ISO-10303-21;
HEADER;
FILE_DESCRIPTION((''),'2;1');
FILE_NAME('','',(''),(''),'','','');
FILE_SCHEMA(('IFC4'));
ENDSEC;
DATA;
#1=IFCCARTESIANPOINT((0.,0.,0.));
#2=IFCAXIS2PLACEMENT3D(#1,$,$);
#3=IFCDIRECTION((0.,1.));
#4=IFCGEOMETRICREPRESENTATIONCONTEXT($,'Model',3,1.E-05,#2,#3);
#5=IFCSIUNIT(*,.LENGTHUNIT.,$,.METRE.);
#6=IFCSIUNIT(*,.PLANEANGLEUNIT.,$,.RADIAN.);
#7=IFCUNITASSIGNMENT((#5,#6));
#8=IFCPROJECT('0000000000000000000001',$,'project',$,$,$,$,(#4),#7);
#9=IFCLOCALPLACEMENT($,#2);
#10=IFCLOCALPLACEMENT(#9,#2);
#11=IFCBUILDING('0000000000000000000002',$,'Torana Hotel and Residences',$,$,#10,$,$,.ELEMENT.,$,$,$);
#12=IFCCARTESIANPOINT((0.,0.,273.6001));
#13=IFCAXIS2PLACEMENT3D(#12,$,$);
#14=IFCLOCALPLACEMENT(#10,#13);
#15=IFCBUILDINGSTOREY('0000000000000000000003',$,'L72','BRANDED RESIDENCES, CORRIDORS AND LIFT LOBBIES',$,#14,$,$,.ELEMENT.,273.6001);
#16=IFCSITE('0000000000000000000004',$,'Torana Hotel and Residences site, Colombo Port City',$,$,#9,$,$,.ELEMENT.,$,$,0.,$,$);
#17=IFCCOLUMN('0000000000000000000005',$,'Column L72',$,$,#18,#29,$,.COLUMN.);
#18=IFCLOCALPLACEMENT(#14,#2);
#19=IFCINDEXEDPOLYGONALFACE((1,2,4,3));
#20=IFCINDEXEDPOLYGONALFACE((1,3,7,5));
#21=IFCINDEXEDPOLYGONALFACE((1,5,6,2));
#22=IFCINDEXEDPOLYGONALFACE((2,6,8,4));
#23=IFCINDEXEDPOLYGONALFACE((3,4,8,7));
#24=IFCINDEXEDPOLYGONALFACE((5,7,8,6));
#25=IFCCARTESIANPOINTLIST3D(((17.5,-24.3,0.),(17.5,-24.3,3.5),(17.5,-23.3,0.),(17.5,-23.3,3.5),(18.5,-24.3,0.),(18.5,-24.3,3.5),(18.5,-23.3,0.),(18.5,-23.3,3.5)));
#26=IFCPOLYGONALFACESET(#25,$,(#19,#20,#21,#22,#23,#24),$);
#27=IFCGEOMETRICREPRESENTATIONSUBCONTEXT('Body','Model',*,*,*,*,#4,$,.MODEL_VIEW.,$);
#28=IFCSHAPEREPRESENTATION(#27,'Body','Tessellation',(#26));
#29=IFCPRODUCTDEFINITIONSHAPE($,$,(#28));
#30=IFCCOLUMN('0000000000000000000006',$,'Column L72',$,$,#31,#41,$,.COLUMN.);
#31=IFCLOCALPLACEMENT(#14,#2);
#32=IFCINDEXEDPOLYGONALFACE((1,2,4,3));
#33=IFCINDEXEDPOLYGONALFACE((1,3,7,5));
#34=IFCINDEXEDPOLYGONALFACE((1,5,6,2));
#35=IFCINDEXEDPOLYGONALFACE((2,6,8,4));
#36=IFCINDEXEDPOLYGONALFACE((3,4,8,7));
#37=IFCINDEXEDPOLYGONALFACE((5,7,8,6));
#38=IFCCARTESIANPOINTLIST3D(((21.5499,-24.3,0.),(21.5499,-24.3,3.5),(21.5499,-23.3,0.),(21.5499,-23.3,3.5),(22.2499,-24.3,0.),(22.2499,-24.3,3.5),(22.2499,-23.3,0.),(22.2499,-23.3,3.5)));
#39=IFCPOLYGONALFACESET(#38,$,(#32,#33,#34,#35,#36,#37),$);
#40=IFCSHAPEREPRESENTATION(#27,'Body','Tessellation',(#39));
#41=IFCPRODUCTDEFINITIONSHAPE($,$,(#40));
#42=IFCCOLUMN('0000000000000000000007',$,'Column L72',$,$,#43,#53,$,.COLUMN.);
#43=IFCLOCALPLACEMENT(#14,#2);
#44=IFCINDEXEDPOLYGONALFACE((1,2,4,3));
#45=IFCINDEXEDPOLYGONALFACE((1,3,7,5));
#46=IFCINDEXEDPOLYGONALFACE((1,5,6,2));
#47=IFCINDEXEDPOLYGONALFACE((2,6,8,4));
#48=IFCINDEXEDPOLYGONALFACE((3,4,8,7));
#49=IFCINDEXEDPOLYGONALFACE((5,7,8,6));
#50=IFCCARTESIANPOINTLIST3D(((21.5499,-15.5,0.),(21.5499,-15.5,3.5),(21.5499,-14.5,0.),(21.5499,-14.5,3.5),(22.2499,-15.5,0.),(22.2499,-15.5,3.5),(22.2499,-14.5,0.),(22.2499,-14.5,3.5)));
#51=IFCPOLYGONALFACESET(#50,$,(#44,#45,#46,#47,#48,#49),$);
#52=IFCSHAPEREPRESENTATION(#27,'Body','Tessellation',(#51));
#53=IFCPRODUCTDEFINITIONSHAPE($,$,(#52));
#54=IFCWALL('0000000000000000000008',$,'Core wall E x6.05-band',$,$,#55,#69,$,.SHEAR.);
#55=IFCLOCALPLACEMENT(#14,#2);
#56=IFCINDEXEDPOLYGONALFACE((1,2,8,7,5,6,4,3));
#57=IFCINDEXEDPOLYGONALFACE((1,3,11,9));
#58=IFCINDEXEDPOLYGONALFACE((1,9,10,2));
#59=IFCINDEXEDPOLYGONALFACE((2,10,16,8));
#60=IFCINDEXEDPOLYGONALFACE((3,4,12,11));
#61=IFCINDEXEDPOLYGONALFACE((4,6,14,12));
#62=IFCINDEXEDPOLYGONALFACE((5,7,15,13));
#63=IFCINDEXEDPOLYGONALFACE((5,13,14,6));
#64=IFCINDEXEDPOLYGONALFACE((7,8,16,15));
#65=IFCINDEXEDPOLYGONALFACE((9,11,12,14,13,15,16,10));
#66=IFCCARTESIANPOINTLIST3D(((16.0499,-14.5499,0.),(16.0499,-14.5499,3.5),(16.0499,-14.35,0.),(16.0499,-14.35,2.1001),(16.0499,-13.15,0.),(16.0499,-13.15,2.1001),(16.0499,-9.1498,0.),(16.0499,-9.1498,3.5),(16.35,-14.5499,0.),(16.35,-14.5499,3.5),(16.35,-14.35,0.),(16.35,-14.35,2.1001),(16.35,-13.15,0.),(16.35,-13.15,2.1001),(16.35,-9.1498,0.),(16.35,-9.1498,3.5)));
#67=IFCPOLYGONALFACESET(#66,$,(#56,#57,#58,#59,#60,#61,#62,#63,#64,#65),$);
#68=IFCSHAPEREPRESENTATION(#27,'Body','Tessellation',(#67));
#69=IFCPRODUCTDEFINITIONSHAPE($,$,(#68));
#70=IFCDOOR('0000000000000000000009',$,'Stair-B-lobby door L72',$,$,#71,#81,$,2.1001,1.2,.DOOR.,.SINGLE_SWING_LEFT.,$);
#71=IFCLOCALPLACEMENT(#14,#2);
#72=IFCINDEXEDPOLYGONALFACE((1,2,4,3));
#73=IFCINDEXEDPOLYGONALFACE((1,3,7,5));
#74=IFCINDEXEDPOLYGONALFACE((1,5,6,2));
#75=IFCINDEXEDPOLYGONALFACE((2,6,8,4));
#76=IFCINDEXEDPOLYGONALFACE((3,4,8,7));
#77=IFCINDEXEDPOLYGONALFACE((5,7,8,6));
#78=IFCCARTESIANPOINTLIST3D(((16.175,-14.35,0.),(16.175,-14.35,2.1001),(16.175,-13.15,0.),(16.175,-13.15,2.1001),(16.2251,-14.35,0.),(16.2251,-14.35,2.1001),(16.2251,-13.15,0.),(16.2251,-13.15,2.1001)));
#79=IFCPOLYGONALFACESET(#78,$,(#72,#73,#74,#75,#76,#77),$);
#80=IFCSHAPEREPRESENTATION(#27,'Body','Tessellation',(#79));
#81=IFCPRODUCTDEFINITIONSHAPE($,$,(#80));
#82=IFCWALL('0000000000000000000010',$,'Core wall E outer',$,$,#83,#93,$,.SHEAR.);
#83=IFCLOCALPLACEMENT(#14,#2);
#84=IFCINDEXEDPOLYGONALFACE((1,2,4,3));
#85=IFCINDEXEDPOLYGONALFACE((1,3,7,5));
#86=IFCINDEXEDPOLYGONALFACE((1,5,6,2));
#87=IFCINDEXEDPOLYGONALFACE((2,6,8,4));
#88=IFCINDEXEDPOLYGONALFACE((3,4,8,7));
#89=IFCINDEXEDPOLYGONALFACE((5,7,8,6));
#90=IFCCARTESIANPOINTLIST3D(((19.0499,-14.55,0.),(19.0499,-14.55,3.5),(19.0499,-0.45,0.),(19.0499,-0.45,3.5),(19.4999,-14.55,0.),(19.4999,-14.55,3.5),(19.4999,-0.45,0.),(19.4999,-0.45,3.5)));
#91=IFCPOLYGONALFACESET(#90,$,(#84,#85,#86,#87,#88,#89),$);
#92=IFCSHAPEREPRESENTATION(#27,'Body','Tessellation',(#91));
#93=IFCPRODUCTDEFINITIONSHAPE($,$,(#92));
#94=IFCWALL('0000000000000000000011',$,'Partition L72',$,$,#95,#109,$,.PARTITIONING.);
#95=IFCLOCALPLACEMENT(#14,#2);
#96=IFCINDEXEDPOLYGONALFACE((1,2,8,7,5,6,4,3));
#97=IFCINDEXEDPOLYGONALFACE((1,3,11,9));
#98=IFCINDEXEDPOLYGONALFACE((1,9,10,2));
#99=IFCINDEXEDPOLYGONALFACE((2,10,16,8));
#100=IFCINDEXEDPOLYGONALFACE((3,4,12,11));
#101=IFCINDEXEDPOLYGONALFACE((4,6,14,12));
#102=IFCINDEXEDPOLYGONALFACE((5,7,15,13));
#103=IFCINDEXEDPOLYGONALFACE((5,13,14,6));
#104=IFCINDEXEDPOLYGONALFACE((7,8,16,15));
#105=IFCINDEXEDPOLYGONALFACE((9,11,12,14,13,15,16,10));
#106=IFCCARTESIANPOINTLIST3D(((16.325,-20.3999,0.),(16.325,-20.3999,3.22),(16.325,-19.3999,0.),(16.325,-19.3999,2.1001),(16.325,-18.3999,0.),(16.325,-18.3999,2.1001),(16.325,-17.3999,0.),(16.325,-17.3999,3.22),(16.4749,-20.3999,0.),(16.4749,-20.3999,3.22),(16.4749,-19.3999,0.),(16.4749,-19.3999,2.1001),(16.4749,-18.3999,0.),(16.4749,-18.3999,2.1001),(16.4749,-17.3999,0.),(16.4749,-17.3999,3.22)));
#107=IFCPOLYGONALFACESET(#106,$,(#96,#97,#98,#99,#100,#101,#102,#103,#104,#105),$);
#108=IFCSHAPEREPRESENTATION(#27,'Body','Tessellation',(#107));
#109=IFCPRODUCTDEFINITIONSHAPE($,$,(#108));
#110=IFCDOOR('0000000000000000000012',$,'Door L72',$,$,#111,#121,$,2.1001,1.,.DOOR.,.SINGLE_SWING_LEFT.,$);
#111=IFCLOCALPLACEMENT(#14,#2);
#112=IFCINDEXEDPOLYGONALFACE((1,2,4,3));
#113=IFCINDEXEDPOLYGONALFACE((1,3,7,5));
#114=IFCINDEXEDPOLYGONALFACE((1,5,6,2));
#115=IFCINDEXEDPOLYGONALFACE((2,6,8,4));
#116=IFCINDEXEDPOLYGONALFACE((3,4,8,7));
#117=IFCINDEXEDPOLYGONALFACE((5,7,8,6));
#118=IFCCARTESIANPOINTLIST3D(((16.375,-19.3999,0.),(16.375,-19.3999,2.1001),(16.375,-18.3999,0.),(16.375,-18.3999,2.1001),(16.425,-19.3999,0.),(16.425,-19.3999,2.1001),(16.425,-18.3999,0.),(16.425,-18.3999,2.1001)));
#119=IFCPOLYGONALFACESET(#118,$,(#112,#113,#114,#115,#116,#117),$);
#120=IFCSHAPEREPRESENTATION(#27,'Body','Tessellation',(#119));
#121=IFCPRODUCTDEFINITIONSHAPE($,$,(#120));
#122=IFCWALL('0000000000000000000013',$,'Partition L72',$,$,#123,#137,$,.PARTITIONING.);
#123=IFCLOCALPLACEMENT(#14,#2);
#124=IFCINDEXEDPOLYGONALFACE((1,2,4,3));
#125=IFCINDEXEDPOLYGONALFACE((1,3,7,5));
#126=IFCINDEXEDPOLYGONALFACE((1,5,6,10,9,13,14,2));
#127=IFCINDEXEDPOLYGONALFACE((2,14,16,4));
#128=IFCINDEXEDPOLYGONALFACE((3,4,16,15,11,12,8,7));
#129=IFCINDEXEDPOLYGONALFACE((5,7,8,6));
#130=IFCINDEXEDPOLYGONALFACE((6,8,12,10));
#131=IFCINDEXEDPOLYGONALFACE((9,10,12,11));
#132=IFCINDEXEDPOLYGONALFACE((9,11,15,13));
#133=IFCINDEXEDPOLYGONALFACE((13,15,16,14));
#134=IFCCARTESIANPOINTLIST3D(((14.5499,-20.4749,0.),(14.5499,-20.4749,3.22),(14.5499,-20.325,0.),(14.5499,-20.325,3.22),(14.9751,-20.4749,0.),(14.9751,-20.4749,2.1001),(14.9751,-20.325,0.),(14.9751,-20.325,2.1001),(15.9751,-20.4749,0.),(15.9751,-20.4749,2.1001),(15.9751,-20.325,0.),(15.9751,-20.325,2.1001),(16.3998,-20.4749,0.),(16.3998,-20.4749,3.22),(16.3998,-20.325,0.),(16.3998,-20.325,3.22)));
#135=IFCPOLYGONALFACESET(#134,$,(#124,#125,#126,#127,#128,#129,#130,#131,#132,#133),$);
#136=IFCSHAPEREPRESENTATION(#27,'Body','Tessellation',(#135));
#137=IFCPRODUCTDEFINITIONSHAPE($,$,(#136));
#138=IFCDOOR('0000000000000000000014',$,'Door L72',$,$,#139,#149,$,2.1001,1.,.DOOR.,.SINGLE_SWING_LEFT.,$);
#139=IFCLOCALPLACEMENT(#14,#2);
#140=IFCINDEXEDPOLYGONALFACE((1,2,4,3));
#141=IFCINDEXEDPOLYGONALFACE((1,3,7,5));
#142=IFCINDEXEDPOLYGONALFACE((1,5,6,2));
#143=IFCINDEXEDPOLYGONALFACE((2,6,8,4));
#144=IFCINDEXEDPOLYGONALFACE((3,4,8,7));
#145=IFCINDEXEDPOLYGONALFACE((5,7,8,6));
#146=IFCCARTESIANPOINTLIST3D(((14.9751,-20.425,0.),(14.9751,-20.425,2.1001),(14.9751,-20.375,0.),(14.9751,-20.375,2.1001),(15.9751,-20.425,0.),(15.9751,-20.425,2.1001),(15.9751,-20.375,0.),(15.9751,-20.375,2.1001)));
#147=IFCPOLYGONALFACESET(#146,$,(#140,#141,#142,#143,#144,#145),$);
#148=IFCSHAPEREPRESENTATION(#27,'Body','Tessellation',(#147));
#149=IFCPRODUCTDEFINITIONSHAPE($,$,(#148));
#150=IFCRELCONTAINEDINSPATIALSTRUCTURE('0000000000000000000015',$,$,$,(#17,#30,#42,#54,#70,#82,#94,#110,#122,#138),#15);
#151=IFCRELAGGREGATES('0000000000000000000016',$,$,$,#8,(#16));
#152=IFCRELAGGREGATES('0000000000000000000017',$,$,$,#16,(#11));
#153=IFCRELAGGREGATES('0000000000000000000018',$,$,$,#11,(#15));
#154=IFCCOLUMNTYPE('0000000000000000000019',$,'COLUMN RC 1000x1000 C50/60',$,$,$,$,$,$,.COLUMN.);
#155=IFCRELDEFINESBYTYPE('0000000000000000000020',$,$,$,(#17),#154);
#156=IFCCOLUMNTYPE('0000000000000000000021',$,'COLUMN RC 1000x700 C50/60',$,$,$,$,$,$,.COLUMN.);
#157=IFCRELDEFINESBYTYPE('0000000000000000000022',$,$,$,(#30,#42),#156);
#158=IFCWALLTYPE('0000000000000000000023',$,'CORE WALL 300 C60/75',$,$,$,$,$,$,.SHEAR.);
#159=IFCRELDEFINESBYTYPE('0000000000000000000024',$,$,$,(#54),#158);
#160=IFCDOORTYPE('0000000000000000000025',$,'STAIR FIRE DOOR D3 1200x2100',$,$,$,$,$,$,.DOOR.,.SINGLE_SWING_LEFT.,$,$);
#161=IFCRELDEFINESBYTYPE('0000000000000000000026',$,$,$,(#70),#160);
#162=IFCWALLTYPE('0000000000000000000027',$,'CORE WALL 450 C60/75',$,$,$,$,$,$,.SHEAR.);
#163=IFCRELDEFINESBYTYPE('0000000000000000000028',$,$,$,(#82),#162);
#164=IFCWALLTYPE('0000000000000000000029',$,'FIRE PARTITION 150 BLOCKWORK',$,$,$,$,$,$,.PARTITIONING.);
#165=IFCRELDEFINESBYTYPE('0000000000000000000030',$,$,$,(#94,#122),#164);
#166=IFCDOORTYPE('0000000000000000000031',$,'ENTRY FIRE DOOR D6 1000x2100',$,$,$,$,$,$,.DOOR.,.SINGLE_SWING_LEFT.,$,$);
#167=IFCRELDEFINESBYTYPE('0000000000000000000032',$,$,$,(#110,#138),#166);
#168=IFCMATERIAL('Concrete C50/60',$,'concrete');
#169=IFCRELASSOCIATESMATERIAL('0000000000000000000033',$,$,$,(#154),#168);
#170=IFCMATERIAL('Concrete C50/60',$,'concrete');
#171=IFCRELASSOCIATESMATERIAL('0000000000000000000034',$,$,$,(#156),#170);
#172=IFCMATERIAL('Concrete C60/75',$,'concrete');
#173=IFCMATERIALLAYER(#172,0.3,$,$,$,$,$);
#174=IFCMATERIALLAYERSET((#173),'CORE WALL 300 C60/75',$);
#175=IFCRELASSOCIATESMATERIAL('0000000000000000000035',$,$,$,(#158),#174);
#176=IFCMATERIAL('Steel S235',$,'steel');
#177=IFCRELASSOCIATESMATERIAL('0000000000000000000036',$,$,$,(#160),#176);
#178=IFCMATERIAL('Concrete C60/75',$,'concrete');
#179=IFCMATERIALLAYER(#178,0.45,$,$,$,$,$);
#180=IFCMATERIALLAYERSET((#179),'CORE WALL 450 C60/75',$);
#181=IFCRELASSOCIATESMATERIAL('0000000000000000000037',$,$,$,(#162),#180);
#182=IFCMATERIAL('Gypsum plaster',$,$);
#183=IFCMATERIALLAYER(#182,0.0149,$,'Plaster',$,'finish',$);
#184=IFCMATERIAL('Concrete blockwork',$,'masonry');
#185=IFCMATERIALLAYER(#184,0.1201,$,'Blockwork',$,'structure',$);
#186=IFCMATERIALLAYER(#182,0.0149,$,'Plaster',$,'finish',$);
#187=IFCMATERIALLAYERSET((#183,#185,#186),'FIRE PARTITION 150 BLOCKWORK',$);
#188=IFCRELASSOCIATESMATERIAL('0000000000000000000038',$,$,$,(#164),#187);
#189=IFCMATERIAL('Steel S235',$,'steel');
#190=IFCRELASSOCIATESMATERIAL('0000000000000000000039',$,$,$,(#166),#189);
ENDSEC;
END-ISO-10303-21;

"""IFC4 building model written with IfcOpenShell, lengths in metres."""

from ifc_helpers import new_model, si_unit, direction, frame, frame_2d, origin, origin_2d, place, context, subcontext, project, spatial, rectangle, extrude, material, layer, layer_set, material_profile, profile_set, type_object, element, fill, save


model = new_model("IFC4")

# Units and contexts
model_context = context("Model", 3, precision=1e-05, world=origin(), true_north=direction((0.0, 1.0)))
body_context = subcontext(model_context, "Body", "Model", "MODEL_VIEW")
ifc_project = project(units=[si_unit("LENGTHUNIT", "METRE"), si_unit("PLANEANGLEUNIT", "RADIAN")], contexts=[model_context])

# Site, building, storey
site_placement = place(None, origin())
site = spatial("IfcSite", under=ifc_project, at=site_placement, Name="Torana Hotel and Residences site, Colombo Port City", CompositionType="ELEMENT", RefElevation=0.0)
building_placement = place(site_placement, origin())
building = spatial("IfcBuilding", under=site, at=building_placement, Name="Torana Hotel and Residences", CompositionType="ELEMENT")
storey_placement = place(building_placement, frame((0.0, 0.0, 273.6001)))
storey = spatial("IfcBuildingStorey", under=building, at=storey_placement, Name="L72", Description="BRANDED RESIDENCES, CORRIDORS AND LIFT LOBBIES", CompositionType="ELEMENT", Elevation=273.6001)

# Columns
ifc_material_1 = material(Name="Concrete C50/60", Category="concrete")
ifc_material_profile_1 = material_profile(ifc_material_1, rectangle(XDim=1.0, YDim=1.0, at=origin_2d()), Name="RC 1000x1000")
ifc_profile_set_1 = profile_set([ifc_material_profile_1], Name="Concrete C50/60")
column_type_1 = type_object("IfcColumnType", Name="COLUMN RC 1000x1000 C50/60", PredefinedType="COLUMN", material=ifc_profile_set_1)
column_placement = place(storey_placement, frame((18.0, -23.8, 0.0), z_axis=(0.0, 0.0, 1.0), x_axis=(1.0, 0.0, 0.0)))
element("IfcColumn", 1, at=column_placement, inside=storey, type_object=column_type_1, Name="Column L72", PredefinedType="COLUMN", context=body_context, shape_type="SweptSolid", body=[
    extrude(rectangle(XDim=1.0, YDim=1.0, at=origin_2d()), origin(), (0.0, 0.0, 1.0), 3.5),
])
ifc_material_2 = material(Name="Concrete C50/60", Category="concrete")
ifc_material_profile_2 = material_profile(ifc_material_2, rectangle(XDim=1.0, YDim=0.7, at=origin_2d()), Name="RC 1000x700")
ifc_profile_set_2 = profile_set([ifc_material_profile_2], Name="Concrete C50/60")
column_type_2 = type_object("IfcColumnType", Name="COLUMN RC 1000x700 C50/60", PredefinedType="COLUMN", material=ifc_profile_set_2)
for number, where, z_axis, x_axis, name in (
    (2, (21.8999, -23.8, 0.0), (0.0, 0.0, 1.0), (0.0, 1.0, 0.0), "Column L72"),
    (3, (21.8999, -15.0, 0.0), (0.0, 0.0, 1.0), (0.0, 1.0, 0.0), "Column L72"),
):
    element("IfcColumn", number, at=place(storey_placement, frame(where, z_axis=z_axis, x_axis=x_axis)), inside=storey, type_object=column_type_2, Name=name, PredefinedType="COLUMN", context=body_context, shape_type="SweptSolid", body=[
        extrude(rectangle(XDim=1.0, YDim=0.7, at=origin_2d()), origin(), (0.0, 0.0, 1.0), 3.5),
    ])

# Wall, opening, door
ifc_material_3 = material(Name="Concrete C60/75", Category="concrete")
ifc_layer_1 = layer(ifc_material_3, 0.3)
ifc_layer_set_1 = layer_set([ifc_layer_1], Name="CORE WALL 300 C60/75")
wall_type_1 = type_object("IfcWallType", Name="CORE WALL 300 C60/75", PredefinedType="SHEAR", material=ifc_layer_set_1)
wall_1_placement = place(storey_placement, frame((16.2, -14.55, 0.0), z_axis=(0.0, 0.0, 1.0), x_axis=(0.0, 1.0, 0.0)))
wall_1 = element("IfcWall", 4, at=wall_1_placement, inside=storey, type_object=wall_type_1, Name="Core wall E x6.05-band", PredefinedType="SHEAR", context=body_context, shape_type="SweptSolid", body=[
    extrude(rectangle(XDim=5.4001, YDim=0.3, at=frame_2d((2.7002, 0.0))), origin(), (0.0, 0.0, 1.0), 3.5),
])
opening_1_placement = place(wall_1_placement, frame((0.2, 0.0, 0.0)))
opening_1 = element("IfcOpeningElement", 5, at=opening_1_placement, cuts=wall_1, PredefinedType="OPENING", context=body_context, shape_type="SweptSolid", body=[
    extrude(rectangle(XDim=1.2, YDim=2.1001, at=frame_2d((0.6001, 1.05))), frame((0.0, 0.1599, 0.0), z_axis=(0.0, -1.0, 0.0), x_axis=(1.0, 0.0, 0.0)), (0.0, 0.0, 1.0), 0.3201),
])
ifc_material_4 = material(Name="Steel S235", Category="steel")
door_type_1 = type_object("IfcDoorType", Name="STAIR FIRE DOOR D3 1200x2100", OperationType="SINGLE_SWING_LEFT", PredefinedType="DOOR", material=ifc_material_4)
door_1_placement = place(opening_1_placement, frame((0.6001, 0.0, 0.0), z_axis=(0.0, 0.0, 1.0), x_axis=(-1.0, 0.0, 0.0)))
door_1 = element("IfcDoor", 6, at=door_1_placement, inside=storey, type_object=door_type_1, Name="Stair-B-lobby door L72", OperationType="SINGLE_SWING_LEFT", OverallHeight=2.1001, OverallWidth=1.2, PredefinedType="DOOR", context=body_context, shape_type="SweptSolid", body=[
    extrude(rectangle(XDim=1.2, YDim=2.1001, at=frame_2d((0.0, 1.05))), frame((0.0, -0.0249, 0.0), z_axis=(0.0, 1.0, 0.0), x_axis=(-1.0, 0.0, 0.0)), (0.0, 0.0, 1.0), 0.05),
])
fill(opening_1, door_1)

# Wall
ifc_material_5 = material(Name="Concrete C60/75", Category="concrete")
ifc_layer_2 = layer(ifc_material_5, 0.45)
ifc_layer_set_2 = layer_set([ifc_layer_2], Name="CORE WALL 450 C60/75")
wall_type_2 = type_object("IfcWallType", Name="CORE WALL 450 C60/75", PredefinedType="SHEAR", material=ifc_layer_set_2)
wall_2_placement = place(storey_placement, frame((19.2749, -14.55, 0.0), z_axis=(0.0, 0.0, 1.0), x_axis=(0.0, 1.0, 0.0)))
element("IfcWall", 7, at=wall_2_placement, inside=storey, type_object=wall_type_2, Name="Core wall E outer", PredefinedType="SHEAR", context=body_context, shape_type="SweptSolid", body=[
    extrude(rectangle(XDim=14.1001, YDim=0.45, at=frame_2d((7.05, 0.0))), origin(), (0.0, 0.0, 1.0), 3.5),
])

# Walls, openings, doors
ifc_material_6 = material(Name="Gypsum plaster")
ifc_layer_3 = layer(ifc_material_6, 0.0149, Name="Plaster", Category="finish")
ifc_material_7 = material(Name="Concrete blockwork", Category="masonry")
ifc_layer_4 = layer(ifc_material_7, 0.1201, Name="Blockwork", Category="structure")
ifc_layer_5 = layer(ifc_material_6, 0.0149, Name="Plaster", Category="finish")
ifc_layer_set_3 = layer_set([ifc_layer_3, ifc_layer_4, ifc_layer_5], Name="FIRE PARTITION 150 BLOCKWORK")
wall_type_3 = type_object("IfcWallType", Name="FIRE PARTITION 150 BLOCKWORK", PredefinedType="PARTITIONING", material=ifc_layer_set_3)
wall_3_placement = place(storey_placement, frame((16.3999, -20.3999, 0.0), z_axis=(0.0, 0.0, 1.0), x_axis=(0.0, 1.0, 0.0)))
wall_3 = element("IfcWall", 8, at=wall_3_placement, inside=storey, type_object=wall_type_3, Name="Partition L72", PredefinedType="PARTITIONING", context=body_context, shape_type="SweptSolid", body=[
    extrude(rectangle(XDim=3.0, YDim=0.1499, at=frame_2d((1.5, 0.0))), origin(), (0.0, 0.0, 1.0), 3.22),
])
opening_2_placement = place(wall_3_placement, frame((1.0, 0.0, 0.0)))
opening_2 = element("IfcOpeningElement", 9, at=opening_2_placement, cuts=wall_3, PredefinedType="OPENING", context=body_context, shape_type="SweptSolid", body=[
    extrude(rectangle(XDim=1.0, YDim=2.1001, at=frame_2d((0.5, 1.05))), frame((0.0, 0.085, 0.0), z_axis=(0.0, -1.0, 0.0), x_axis=(1.0, 0.0, 0.0)), (0.0, 0.0, 1.0), 0.1699),
])
ifc_material_8 = material(Name="Steel S235", Category="steel")
door_type_2 = type_object("IfcDoorType", Name="ENTRY FIRE DOOR D6 1000x2100", OperationType="SINGLE_SWING_LEFT", PredefinedType="DOOR", material=ifc_material_8)
door_2_placement = place(opening_2_placement, frame((0.5, 0.0, 0.0), z_axis=(0.0, 0.0, 1.0), x_axis=(-1.0, 0.0, 0.0)))
door_2 = element("IfcDoor", 10, at=door_2_placement, inside=storey, type_object=door_type_2, Name="Door L72", OperationType="SINGLE_SWING_LEFT", OverallHeight=2.1001, OverallWidth=1.0, PredefinedType="DOOR", context=body_context, shape_type="SweptSolid", body=[
    extrude(rectangle(XDim=1.0, YDim=2.1001, at=frame_2d((0.0, 1.05))), frame((0.0, -0.0249, 0.0), z_axis=(0.0, 1.0, 0.0), x_axis=(-1.0, 0.0, 0.0)), (0.0, 0.0, 1.0), 0.05),
])
fill(opening_2, door_2)
wall_4_placement = place(storey_placement, frame((14.55, -20.3999, 0.0), z_axis=(0.0, 0.0, 1.0), x_axis=(1.0, 0.0, 0.0)))
wall_4 = element("IfcWall", 11, at=wall_4_placement, inside=storey, type_object=wall_type_3, Name="Partition L72", PredefinedType="PARTITIONING", context=body_context, shape_type="SweptSolid", body=[
    extrude(rectangle(XDim=1.8499, YDim=0.1499, at=frame_2d((0.9248, 0.0))), origin(), (0.0, 0.0, 1.0), 3.22),
])
opening_3_placement = place(wall_4_placement, frame((0.425, 0.0, 0.0)))
opening_3 = element("IfcOpeningElement", 12, at=opening_3_placement, cuts=wall_4, PredefinedType="OPENING", context=body_context, shape_type="SweptSolid", body=[
    extrude(rectangle(XDim=1.0, YDim=2.1001, at=frame_2d((0.5, 1.05))), frame((0.0, 0.085, 0.0), z_axis=(0.0, -1.0, 0.0), x_axis=(1.0, 0.0, 0.0)), (0.0, 0.0, 1.0), 0.1699),
])
door_3_placement = place(opening_3_placement, frame((0.5, 0.0, 0.0), z_axis=(0.0, 0.0, 1.0), x_axis=(-1.0, 0.0, 0.0)))
door_3 = element("IfcDoor", 13, at=door_3_placement, inside=storey, type_object=door_type_2, Name="Door L72", OperationType="SINGLE_SWING_LEFT", OverallHeight=2.1001, OverallWidth=1.0, PredefinedType="DOOR", context=body_context, shape_type="SweptSolid", body=[
    extrude(rectangle(XDim=1.0, YDim=2.1001, at=frame_2d((0.0, 1.05))), frame((0.0, -0.0249, 0.0), z_axis=(0.0, 1.0, 0.0), x_axis=(-1.0, 0.0, 0.0)), (0.0, 0.0, 1.0), 0.05),
])
fill(opening_3, door_3)

save(model, "model.ifc")
